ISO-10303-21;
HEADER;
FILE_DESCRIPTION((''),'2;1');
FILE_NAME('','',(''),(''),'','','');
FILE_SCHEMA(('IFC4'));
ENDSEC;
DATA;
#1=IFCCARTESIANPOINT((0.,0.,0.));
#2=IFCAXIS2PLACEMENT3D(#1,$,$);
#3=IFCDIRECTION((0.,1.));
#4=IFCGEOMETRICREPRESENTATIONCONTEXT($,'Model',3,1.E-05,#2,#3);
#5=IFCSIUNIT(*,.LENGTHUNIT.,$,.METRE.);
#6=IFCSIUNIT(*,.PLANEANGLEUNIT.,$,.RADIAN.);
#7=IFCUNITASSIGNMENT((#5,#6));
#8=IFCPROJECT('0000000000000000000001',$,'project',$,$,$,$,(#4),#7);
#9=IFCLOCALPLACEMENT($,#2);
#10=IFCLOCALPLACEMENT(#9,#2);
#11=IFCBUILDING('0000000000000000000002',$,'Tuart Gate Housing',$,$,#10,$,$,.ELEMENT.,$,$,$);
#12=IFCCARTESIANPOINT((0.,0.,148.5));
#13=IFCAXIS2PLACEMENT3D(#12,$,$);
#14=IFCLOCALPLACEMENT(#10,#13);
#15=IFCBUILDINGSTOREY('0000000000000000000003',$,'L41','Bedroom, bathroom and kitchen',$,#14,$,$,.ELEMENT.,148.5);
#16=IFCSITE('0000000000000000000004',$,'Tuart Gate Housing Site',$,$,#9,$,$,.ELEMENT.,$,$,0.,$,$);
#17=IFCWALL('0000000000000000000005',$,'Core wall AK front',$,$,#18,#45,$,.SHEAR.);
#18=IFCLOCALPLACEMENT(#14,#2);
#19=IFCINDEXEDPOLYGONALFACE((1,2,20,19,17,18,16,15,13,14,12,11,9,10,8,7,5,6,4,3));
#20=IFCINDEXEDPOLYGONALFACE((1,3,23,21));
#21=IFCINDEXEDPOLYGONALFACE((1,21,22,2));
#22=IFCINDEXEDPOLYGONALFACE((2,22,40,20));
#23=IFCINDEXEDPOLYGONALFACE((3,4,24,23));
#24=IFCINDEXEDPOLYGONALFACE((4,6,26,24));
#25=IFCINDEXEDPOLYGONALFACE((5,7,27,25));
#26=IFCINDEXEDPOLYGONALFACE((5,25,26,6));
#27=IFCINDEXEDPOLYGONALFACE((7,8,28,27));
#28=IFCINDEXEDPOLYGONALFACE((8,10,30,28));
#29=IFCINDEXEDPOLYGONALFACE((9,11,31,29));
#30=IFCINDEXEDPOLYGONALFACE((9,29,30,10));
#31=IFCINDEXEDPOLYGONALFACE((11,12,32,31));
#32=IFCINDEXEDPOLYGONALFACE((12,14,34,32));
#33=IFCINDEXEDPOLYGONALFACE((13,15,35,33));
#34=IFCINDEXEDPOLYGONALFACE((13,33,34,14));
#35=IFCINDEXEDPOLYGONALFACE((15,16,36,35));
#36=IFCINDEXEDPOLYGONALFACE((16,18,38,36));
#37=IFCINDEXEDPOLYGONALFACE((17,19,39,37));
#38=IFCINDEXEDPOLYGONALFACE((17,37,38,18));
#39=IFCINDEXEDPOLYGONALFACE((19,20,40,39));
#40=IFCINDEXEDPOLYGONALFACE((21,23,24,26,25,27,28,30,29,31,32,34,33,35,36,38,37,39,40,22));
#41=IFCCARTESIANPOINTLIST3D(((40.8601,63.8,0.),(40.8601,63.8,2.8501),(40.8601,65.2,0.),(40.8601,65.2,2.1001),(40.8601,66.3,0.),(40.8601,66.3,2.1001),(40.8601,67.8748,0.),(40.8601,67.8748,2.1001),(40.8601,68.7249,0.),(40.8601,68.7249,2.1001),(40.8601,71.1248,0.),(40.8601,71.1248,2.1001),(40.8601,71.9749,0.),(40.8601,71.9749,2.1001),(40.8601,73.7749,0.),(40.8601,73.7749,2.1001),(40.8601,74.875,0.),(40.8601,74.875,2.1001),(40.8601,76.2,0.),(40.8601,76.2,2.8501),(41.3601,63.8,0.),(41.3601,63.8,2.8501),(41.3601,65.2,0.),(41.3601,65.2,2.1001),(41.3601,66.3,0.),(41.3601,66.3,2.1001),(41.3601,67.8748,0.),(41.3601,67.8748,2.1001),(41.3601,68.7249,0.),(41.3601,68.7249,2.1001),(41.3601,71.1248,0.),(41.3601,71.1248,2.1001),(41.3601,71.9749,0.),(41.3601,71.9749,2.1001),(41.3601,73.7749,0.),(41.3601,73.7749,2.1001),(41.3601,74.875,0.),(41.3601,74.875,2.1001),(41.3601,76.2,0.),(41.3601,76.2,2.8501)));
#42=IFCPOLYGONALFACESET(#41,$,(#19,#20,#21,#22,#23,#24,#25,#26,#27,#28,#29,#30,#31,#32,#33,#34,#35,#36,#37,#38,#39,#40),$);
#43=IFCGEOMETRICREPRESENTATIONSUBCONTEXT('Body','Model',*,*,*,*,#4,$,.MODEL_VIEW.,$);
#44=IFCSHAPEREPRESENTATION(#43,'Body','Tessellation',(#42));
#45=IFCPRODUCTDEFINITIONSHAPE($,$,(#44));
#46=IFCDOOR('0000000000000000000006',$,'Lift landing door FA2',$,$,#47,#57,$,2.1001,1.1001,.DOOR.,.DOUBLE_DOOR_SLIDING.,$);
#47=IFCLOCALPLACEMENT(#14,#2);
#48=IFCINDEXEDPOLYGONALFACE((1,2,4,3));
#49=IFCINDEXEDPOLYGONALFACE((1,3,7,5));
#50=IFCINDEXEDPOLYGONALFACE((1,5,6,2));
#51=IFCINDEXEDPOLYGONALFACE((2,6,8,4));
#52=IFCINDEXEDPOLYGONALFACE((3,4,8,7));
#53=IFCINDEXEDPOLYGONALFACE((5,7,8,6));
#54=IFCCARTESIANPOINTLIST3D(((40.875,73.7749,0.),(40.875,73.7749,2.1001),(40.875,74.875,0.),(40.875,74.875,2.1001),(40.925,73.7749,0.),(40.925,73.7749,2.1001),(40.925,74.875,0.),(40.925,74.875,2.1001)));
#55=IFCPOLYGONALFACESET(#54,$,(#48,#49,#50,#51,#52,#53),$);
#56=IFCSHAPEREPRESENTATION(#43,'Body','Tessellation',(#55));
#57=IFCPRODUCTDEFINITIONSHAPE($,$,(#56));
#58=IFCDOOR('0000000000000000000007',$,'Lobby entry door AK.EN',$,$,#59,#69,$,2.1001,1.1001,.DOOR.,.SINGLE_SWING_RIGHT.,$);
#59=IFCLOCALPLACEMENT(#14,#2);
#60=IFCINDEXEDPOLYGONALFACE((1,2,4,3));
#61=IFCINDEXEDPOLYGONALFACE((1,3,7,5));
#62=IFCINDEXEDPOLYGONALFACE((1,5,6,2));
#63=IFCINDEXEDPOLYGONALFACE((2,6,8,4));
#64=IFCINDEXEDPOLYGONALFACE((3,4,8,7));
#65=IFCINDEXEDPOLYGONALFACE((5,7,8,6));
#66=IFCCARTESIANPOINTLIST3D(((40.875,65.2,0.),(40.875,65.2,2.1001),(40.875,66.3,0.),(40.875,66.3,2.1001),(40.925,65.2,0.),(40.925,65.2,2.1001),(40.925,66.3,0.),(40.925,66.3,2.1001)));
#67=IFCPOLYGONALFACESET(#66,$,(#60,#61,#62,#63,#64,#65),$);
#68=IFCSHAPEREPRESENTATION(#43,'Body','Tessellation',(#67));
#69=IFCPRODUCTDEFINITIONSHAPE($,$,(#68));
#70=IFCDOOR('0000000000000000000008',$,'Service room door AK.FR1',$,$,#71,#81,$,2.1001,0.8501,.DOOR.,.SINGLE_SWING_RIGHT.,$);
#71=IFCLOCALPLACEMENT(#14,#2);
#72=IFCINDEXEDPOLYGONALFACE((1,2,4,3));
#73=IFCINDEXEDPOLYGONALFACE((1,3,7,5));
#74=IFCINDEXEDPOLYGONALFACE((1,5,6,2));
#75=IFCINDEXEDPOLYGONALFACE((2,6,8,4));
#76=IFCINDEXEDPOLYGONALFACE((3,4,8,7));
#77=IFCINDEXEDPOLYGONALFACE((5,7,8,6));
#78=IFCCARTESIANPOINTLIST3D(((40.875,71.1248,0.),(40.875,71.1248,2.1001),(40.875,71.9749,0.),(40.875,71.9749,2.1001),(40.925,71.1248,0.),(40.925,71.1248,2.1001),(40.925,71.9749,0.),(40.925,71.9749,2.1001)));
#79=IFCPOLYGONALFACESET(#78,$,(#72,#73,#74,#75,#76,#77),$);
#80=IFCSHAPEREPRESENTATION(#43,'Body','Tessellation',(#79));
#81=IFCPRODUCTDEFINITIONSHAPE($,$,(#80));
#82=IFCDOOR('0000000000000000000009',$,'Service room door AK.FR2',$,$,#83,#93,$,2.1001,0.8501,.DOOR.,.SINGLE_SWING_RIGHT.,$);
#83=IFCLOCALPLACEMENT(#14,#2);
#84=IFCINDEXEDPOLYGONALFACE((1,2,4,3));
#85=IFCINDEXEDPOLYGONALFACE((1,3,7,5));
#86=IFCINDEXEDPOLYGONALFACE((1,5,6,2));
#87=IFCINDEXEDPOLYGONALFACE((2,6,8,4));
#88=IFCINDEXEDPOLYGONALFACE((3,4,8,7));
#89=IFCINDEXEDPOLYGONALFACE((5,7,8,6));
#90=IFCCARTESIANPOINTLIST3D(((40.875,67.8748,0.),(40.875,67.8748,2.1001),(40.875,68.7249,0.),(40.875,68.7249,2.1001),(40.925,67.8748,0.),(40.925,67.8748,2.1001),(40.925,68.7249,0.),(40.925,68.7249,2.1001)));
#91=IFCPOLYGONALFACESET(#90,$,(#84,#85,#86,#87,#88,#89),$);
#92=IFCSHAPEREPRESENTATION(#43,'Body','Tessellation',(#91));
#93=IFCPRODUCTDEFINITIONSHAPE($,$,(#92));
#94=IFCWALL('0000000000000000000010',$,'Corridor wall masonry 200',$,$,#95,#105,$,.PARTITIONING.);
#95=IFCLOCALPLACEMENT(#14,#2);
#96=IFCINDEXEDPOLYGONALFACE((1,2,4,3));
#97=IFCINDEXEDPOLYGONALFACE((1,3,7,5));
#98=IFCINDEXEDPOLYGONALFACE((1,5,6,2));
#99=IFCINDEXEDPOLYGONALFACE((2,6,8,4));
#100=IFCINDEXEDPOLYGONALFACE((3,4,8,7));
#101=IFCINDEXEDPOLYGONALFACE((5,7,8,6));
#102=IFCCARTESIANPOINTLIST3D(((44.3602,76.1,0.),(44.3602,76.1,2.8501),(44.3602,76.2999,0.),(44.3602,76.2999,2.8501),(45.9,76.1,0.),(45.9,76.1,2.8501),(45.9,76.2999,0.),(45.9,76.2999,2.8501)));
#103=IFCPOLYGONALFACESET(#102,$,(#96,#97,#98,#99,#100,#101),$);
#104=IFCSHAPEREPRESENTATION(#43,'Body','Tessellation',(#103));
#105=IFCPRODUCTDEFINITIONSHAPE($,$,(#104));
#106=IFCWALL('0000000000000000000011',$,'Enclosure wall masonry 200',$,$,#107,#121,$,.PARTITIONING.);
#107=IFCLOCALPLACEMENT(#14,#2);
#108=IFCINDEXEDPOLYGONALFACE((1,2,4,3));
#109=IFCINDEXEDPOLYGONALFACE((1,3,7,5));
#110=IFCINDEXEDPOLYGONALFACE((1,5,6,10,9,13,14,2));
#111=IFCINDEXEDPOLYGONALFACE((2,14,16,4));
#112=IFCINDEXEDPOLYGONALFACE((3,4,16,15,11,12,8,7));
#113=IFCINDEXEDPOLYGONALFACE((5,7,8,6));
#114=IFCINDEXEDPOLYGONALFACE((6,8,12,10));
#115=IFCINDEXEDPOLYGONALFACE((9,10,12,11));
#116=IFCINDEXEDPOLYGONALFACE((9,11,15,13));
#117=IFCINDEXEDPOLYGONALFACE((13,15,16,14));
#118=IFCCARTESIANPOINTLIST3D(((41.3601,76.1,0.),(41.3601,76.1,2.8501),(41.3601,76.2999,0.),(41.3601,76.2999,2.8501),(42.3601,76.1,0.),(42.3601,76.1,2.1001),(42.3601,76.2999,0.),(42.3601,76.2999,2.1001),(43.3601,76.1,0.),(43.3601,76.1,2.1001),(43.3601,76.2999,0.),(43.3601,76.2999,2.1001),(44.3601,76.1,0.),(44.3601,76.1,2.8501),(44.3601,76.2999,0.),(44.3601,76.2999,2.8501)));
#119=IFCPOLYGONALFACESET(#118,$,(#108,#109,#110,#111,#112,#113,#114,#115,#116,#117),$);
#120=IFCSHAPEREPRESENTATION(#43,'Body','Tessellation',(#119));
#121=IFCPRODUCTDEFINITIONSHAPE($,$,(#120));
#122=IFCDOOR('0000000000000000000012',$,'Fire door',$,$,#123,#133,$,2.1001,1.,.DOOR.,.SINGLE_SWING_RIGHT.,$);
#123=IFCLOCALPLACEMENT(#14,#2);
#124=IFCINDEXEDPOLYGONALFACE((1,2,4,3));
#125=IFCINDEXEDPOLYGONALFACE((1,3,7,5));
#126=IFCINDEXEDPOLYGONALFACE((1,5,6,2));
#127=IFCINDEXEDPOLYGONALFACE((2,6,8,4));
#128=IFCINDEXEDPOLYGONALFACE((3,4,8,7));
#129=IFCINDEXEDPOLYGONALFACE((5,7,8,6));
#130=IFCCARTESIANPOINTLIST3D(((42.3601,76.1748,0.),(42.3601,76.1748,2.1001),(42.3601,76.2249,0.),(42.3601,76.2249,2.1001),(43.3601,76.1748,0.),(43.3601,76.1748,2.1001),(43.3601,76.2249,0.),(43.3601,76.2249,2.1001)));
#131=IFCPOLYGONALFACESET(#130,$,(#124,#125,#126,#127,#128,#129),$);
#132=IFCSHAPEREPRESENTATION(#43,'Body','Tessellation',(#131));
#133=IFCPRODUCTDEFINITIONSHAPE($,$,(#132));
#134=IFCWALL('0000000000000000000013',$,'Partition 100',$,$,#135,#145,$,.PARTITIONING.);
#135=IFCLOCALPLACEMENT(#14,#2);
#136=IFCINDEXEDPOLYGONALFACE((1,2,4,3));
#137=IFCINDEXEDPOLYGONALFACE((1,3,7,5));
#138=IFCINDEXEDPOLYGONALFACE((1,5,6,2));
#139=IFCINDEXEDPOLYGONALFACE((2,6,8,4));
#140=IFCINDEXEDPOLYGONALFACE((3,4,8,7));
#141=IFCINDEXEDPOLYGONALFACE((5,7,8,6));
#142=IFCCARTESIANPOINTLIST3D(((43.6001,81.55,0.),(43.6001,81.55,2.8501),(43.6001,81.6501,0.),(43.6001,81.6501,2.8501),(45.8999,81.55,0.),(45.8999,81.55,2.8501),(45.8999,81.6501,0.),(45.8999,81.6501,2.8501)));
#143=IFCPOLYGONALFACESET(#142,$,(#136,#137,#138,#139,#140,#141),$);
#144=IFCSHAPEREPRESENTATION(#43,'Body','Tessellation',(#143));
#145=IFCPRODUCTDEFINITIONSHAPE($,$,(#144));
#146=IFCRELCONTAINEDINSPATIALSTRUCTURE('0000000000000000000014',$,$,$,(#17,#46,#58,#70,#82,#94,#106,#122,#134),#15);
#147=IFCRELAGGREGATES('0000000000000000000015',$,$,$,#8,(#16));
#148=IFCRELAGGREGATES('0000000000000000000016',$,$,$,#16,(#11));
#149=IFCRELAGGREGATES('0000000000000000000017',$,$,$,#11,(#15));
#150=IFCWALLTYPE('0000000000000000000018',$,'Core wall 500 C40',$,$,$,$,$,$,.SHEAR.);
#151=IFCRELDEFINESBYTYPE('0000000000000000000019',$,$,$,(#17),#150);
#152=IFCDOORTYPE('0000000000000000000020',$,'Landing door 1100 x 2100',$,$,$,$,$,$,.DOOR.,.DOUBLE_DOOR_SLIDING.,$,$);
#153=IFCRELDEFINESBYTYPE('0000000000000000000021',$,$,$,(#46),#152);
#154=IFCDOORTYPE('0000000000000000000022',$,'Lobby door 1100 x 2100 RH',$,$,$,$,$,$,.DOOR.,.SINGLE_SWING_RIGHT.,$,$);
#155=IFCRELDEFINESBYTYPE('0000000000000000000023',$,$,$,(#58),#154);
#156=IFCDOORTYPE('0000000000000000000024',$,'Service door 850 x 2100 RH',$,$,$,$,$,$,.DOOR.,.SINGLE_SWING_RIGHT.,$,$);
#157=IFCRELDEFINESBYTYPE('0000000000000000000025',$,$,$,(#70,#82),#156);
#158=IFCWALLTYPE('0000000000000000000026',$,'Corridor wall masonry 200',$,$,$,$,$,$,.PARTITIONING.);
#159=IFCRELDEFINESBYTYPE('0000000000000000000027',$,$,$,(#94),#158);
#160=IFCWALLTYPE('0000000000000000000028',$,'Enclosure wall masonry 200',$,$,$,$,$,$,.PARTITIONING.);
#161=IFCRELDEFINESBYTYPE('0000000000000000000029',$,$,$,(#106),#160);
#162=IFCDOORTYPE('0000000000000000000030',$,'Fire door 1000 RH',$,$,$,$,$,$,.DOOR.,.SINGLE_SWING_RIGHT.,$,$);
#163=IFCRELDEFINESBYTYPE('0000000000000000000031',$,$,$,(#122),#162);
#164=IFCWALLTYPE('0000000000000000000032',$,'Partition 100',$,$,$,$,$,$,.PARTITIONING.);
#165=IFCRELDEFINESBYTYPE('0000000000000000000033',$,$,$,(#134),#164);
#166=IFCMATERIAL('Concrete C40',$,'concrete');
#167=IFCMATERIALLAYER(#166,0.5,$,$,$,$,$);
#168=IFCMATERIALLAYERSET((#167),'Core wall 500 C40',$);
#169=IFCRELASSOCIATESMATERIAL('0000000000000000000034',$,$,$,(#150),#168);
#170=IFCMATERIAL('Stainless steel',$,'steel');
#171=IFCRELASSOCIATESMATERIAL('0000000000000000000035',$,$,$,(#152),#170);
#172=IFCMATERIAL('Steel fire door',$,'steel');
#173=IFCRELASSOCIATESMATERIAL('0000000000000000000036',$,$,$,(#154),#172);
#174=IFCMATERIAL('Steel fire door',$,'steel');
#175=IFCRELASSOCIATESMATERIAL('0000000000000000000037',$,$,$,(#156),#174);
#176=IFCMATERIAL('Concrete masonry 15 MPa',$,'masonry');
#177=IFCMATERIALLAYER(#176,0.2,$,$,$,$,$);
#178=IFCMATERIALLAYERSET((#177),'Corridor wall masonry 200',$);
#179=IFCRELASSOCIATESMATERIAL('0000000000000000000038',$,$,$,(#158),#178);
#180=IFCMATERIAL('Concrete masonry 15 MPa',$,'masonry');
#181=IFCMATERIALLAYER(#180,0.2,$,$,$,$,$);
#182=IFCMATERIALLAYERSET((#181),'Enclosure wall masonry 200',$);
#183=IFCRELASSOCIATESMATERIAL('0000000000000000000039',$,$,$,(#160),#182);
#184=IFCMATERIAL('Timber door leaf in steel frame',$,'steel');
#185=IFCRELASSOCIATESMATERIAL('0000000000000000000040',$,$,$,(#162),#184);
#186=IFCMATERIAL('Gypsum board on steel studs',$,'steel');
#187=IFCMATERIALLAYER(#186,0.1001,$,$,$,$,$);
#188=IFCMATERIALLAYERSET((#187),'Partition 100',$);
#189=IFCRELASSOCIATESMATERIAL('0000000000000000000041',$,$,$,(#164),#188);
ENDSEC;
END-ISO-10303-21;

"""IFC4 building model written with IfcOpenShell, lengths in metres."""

from ifc_helpers import new_model, si_unit, direction, frame, frame_2d, origin, place, context, subcontext, project, spatial, rectangle, extrude, material, layer, layer_set, type_object, element, fill, save


model = new_model("IFC4")

# Units and contexts
model_context = context("Model", 3, precision=1e-05, world=origin(), true_north=direction((0.0, 1.0)))
body_context = subcontext(model_context, "Body", "Model", "MODEL_VIEW")
ifc_project = project(units=[si_unit("LENGTHUNIT", "METRE"), si_unit("PLANEANGLEUNIT", "RADIAN")], contexts=[model_context])

# Site, building, storey
site_placement = place(None, origin())
site = spatial("IfcSite", under=ifc_project, at=site_placement, Name="Tuart Gate Housing Site", CompositionType="ELEMENT", RefElevation=0.0)
building_placement = place(site_placement, origin())
building = spatial("IfcBuilding", under=site, at=building_placement, Name="Tuart Gate Housing", CompositionType="ELEMENT")
storey_placement = place(building_placement, frame((0.0, 0.0, 148.5)))
storey = spatial("IfcBuildingStorey", under=building, at=storey_placement, Name="L41", Description="Bedroom, bathroom and kitchen", CompositionType="ELEMENT", Elevation=148.5)

# Wall, openings, doors
ifc_material_1 = material(Name="Concrete C40", Category="concrete")
ifc_layer_1 = layer(ifc_material_1, 0.5)
ifc_layer_set_1 = layer_set([ifc_layer_1], Name="Core wall 500 C40")
wall_type_1 = type_object("IfcWallType", Name="Core wall 500 C40", PredefinedType="SHEAR", material=ifc_layer_set_1)
wall_1_placement = place(storey_placement, frame((41.1101, 76.2, 0.0), z_axis=(0.0, 0.0, 1.0), x_axis=(0.0, -1.0, 0.0)))
wall_1 = element("IfcWall", 1, at=wall_1_placement, inside=storey, type_object=wall_type_1, Name="Core wall AK front", PredefinedType="SHEAR", context=body_context, shape_type="SweptSolid", body=[
    extrude(rectangle(XDim=12.3999, YDim=0.5, at=frame_2d((6.2, 0.0))), origin(), (0.0, 0.0, 1.0), 2.8501),
])
opening_1_placement = place(wall_1_placement, frame((1.325, 0.0, 0.0)))
opening_1 = element("IfcOpeningElement", 2, at=opening_1_placement, cuts=wall_1, PredefinedType="OPENING", context=body_context, shape_type="SweptSolid", body=[
    extrude(rectangle(XDim=1.1001, YDim=2.1001, at=frame_2d((0.55, 1.05))), frame((0.0, 0.26, 0.0), z_axis=(0.0, -1.0, 0.0), x_axis=(1.0, 0.0, 0.0)), (0.0, 0.0, 1.0), 0.52),
])
opening_2_placement = place(wall_1_placement, frame((4.2251, 0.0, 0.0)))
opening_2 = element("IfcOpeningElement", 3, at=opening_2_placement, cuts=wall_1, PredefinedType="OPENING", context=body_context, shape_type="SweptSolid", body=[
    extrude(rectangle(XDim=0.8501, YDim=2.1001, at=frame_2d((0.425, 1.05))), frame((0.0, 0.26, 0.0), z_axis=(0.0, -1.0, 0.0), x_axis=(1.0, 0.0, 0.0)), (0.0, 0.0, 1.0), 0.52),
])
opening_3_placement = place(wall_1_placement, frame((7.4751, 0.0, 0.0)))
opening_3 = element("IfcOpeningElement", 4, at=opening_3_placement, cuts=wall_1, PredefinedType="OPENING", context=body_context, shape_type="SweptSolid", body=[
    extrude(rectangle(XDim=0.8501, YDim=2.1001, at=frame_2d((0.425, 1.05))), frame((0.0, 0.26, 0.0), z_axis=(0.0, -1.0, 0.0), x_axis=(1.0, 0.0, 0.0)), (0.0, 0.0, 1.0), 0.52),
])
opening_4_placement = place(wall_1_placement, frame((9.8999, 0.0, 0.0)))
opening_4 = element("IfcOpeningElement", 5, at=opening_4_placement, cuts=wall_1, PredefinedType="OPENING", context=body_context, shape_type="SweptSolid", body=[
    extrude(rectangle(XDim=1.1001, YDim=2.1001, at=frame_2d((0.55, 1.05))), frame((0.0, 0.26, 0.0), z_axis=(0.0, -1.0, 0.0), x_axis=(1.0, 0.0, 0.0)), (0.0, 0.0, 1.0), 0.52),
])
ifc_material_2 = material(Name="Stainless steel", Category="steel")
door_type_1 = type_object("IfcDoorType", Name="Landing door 1100 x 2100", OperationType="DOUBLE_DOOR_SLIDING", PredefinedType="DOOR", material=ifc_material_2)
door_1_placement = place(opening_1_placement, origin())
door_1 = element("IfcDoor", 6, at=door_1_placement, inside=storey, type_object=door_type_1, Name="Lift landing door FA2", OperationType="DOUBLE_DOOR_SLIDING", OverallHeight=2.1001, OverallWidth=1.1001, PredefinedType="DOOR", context=body_context, shape_type="SweptSolid", body=[
    extrude(rectangle(XDim=1.1001, YDim=2.1001, at=frame_2d((0.55, 1.05))), frame((0.0, -0.1851, 0.0), z_axis=(0.0, -1.0, 0.0), x_axis=(1.0, 0.0, 0.0)), (0.0, 0.0, 1.0), 0.05),
])
fill(opening_1, door_1)
ifc_material_3 = material(Name="Steel fire door", Category="steel")
door_type_2 = type_object("IfcDoorType", Name="Lobby door 1100 x 2100 RH", OperationType="SINGLE_SWING_RIGHT", PredefinedType="DOOR", material=ifc_material_3)
door_2_placement = place(opening_4_placement, frame((1.1001, 0.0, 0.0), z_axis=(0.0, 0.0, 1.0), x_axis=(-1.0, 0.0, 0.0)))
door_2 = element("IfcDoor", 7, at=door_2_placement, inside=storey, type_object=door_type_2, Name="Lobby entry door AK.EN", OperationType="SINGLE_SWING_RIGHT", OverallHeight=2.1001, OverallWidth=1.1001, PredefinedType="DOOR", context=body_context, shape_type="SweptSolid", body=[
    extrude(rectangle(XDim=1.1001, YDim=2.1001, at=frame_2d((0.55, 1.05))), frame((0.0, 0.2351, 0.0), z_axis=(0.0, -1.0, 0.0), x_axis=(1.0, 0.0, 0.0)), (0.0, 0.0, 1.0), 0.05),
])
fill(opening_4, door_2)
ifc_material_4 = material(Name="Steel fire door", Category="steel")
door_type_3 = type_object("IfcDoorType", Name="Service door 850 x 2100 RH", OperationType="SINGLE_SWING_RIGHT", PredefinedType="DOOR", material=ifc_material_4)
door_3_placement = place(opening_2_placement, frame((0.8501, 0.0, 0.0), z_axis=(0.0, 0.0, 1.0), x_axis=(-1.0, 0.0, 0.0)))
door_3 = element("IfcDoor", 8, at=door_3_placement, inside=storey, type_object=door_type_3, Name="Service room door AK.FR1", OperationType="SINGLE_SWING_RIGHT", OverallHeight=2.1001, OverallWidth=0.8501, PredefinedType="DOOR", context=body_context, shape_type="SweptSolid", body=[
    extrude(rectangle(XDim=0.8501, YDim=2.1001, at=frame_2d((0.425, 1.05))), frame((0.0, 0.2351, 0.0), z_axis=(0.0, -1.0, 0.0), x_axis=(1.0, 0.0, 0.0)), (0.0, 0.0, 1.0), 0.05),
])
fill(opening_2, door_3)
door_4_placement = place(opening_3_placement, frame((0.8501, 0.0, 0.0), z_axis=(0.0, 0.0, 1.0), x_axis=(-1.0, 0.0, 0.0)))
door_4 = element("IfcDoor", 9, at=door_4_placement, inside=storey, type_object=door_type_3, Name="Service room door AK.FR2", OperationType="SINGLE_SWING_RIGHT", OverallHeight=2.1001, OverallWidth=0.8501, PredefinedType="DOOR", context=body_context, shape_type="SweptSolid", body=[
    extrude(rectangle(XDim=0.8501, YDim=2.1001, at=frame_2d((0.425, 1.05))), frame((0.0, 0.2351, 0.0), z_axis=(0.0, -1.0, 0.0), x_axis=(1.0, 0.0, 0.0)), (0.0, 0.0, 1.0), 0.05),
])
fill(opening_3, door_4)

# Wall
ifc_material_5 = material(Name="Concrete masonry 15 MPa", Category="masonry")
ifc_layer_2 = layer(ifc_material_5, 0.2)
ifc_layer_set_2 = layer_set([ifc_layer_2], Name="Corridor wall masonry 200")
wall_type_2 = type_object("IfcWallType", Name="Corridor wall masonry 200", PredefinedType="PARTITIONING", material=ifc_layer_set_2)
wall_2_placement = place(storey_placement, frame((44.3601, 76.2, 0.0), z_axis=(0.0, 0.0, 1.0), x_axis=(1.0, 0.0, 0.0)))
element("IfcWall", 10, at=wall_2_placement, inside=storey, type_object=wall_type_2, Name="Corridor wall masonry 200", PredefinedType="PARTITIONING", context=body_context, shape_type="SweptSolid", body=[
    extrude(rectangle(XDim=1.5398, YDim=0.2, at=frame_2d((0.77, 0.0))), origin(), (0.0, 0.0, 1.0), 2.8501),
])

# Wall, opening, door
ifc_material_6 = material(Name="Concrete masonry 15 MPa", Category="masonry")
ifc_layer_3 = layer(ifc_material_6, 0.2)
ifc_layer_set_3 = layer_set([ifc_layer_3], Name="Enclosure wall masonry 200")
wall_type_3 = type_object("IfcWallType", Name="Enclosure wall masonry 200", PredefinedType="PARTITIONING", material=ifc_layer_set_3)
wall_3_placement = place(storey_placement, frame((41.3601, 76.2, 0.0), z_axis=(0.0, 0.0, 1.0), x_axis=(1.0, 0.0, 0.0)))
wall_3 = element("IfcWall", 11, at=wall_3_placement, inside=storey, type_object=wall_type_3, Name="Enclosure wall masonry 200", PredefinedType="PARTITIONING", context=body_context, shape_type="SweptSolid", body=[
    extrude(rectangle(XDim=3.0, YDim=0.2, at=frame_2d((1.5, 0.0))), origin(), (0.0, 0.0, 1.0), 2.8501),
])
opening_5_placement = place(wall_3_placement, frame((1.0, 0.0, 0.0)))
opening_5 = element("IfcOpeningElement", 12, at=opening_5_placement, cuts=wall_3, PredefinedType="OPENING", context=body_context, shape_type="SweptSolid", body=[
    extrude(rectangle(XDim=1.0, YDim=2.1001, at=frame_2d((0.5, 1.05))), frame((0.0, 0.1099, 0.0), z_axis=(0.0, -1.0, 0.0), x_axis=(1.0, 0.0, 0.0)), (0.0, 0.0, 1.0), 0.22),
])
ifc_material_7 = material(Name="Timber door leaf in steel frame", Category="steel")
door_type_4 = type_object("IfcDoorType", Name="Fire door 1000 RH", OperationType="SINGLE_SWING_RIGHT", PredefinedType="DOOR", material=ifc_material_7)
door_5_placement = place(opening_5_placement, origin())
door_5 = element("IfcDoor", 13, at=door_5_placement, inside=storey, type_object=door_type_4, Name="Fire door", OperationType="SINGLE_SWING_RIGHT", OverallHeight=2.1001, OverallWidth=1.0, PredefinedType="DOOR", context=body_context, shape_type="SweptSolid", body=[
    extrude(rectangle(XDim=1.0, YDim=2.1001, at=frame_2d((0.5, 1.05))), frame((0.0, 0.0249, 0.0), z_axis=(0.0, -1.0, 0.0), x_axis=(1.0, 0.0, 0.0)), (0.0, 0.0, 1.0), 0.05),
])
fill(opening_5, door_5)

# Wall
ifc_material_8 = material(Name="Gypsum board on steel studs", Category="steel")
ifc_layer_4 = layer(ifc_material_8, 0.1001)
ifc_layer_set_4 = layer_set([ifc_layer_4], Name="Partition 100")
wall_type_4 = type_object("IfcWallType", Name="Partition 100", PredefinedType="PARTITIONING", material=ifc_layer_set_4)
wall_4_placement = place(storey_placement, frame((43.6001, 81.6001, 0.0), z_axis=(0.0, 0.0, 1.0), x_axis=(1.0, 0.0, 0.0)))
element("IfcWall", 14, at=wall_4_placement, inside=storey, type_object=wall_type_4, Name="Partition 100", PredefinedType="PARTITIONING", context=body_context, shape_type="SweptSolid", body=[
    extrude(rectangle(XDim=2.2998, YDim=0.1001, at=frame_2d((1.1499, 0.0))), origin(), (0.0, 0.0, 1.0), 2.8501),
])

save(model, "model.ifc")
